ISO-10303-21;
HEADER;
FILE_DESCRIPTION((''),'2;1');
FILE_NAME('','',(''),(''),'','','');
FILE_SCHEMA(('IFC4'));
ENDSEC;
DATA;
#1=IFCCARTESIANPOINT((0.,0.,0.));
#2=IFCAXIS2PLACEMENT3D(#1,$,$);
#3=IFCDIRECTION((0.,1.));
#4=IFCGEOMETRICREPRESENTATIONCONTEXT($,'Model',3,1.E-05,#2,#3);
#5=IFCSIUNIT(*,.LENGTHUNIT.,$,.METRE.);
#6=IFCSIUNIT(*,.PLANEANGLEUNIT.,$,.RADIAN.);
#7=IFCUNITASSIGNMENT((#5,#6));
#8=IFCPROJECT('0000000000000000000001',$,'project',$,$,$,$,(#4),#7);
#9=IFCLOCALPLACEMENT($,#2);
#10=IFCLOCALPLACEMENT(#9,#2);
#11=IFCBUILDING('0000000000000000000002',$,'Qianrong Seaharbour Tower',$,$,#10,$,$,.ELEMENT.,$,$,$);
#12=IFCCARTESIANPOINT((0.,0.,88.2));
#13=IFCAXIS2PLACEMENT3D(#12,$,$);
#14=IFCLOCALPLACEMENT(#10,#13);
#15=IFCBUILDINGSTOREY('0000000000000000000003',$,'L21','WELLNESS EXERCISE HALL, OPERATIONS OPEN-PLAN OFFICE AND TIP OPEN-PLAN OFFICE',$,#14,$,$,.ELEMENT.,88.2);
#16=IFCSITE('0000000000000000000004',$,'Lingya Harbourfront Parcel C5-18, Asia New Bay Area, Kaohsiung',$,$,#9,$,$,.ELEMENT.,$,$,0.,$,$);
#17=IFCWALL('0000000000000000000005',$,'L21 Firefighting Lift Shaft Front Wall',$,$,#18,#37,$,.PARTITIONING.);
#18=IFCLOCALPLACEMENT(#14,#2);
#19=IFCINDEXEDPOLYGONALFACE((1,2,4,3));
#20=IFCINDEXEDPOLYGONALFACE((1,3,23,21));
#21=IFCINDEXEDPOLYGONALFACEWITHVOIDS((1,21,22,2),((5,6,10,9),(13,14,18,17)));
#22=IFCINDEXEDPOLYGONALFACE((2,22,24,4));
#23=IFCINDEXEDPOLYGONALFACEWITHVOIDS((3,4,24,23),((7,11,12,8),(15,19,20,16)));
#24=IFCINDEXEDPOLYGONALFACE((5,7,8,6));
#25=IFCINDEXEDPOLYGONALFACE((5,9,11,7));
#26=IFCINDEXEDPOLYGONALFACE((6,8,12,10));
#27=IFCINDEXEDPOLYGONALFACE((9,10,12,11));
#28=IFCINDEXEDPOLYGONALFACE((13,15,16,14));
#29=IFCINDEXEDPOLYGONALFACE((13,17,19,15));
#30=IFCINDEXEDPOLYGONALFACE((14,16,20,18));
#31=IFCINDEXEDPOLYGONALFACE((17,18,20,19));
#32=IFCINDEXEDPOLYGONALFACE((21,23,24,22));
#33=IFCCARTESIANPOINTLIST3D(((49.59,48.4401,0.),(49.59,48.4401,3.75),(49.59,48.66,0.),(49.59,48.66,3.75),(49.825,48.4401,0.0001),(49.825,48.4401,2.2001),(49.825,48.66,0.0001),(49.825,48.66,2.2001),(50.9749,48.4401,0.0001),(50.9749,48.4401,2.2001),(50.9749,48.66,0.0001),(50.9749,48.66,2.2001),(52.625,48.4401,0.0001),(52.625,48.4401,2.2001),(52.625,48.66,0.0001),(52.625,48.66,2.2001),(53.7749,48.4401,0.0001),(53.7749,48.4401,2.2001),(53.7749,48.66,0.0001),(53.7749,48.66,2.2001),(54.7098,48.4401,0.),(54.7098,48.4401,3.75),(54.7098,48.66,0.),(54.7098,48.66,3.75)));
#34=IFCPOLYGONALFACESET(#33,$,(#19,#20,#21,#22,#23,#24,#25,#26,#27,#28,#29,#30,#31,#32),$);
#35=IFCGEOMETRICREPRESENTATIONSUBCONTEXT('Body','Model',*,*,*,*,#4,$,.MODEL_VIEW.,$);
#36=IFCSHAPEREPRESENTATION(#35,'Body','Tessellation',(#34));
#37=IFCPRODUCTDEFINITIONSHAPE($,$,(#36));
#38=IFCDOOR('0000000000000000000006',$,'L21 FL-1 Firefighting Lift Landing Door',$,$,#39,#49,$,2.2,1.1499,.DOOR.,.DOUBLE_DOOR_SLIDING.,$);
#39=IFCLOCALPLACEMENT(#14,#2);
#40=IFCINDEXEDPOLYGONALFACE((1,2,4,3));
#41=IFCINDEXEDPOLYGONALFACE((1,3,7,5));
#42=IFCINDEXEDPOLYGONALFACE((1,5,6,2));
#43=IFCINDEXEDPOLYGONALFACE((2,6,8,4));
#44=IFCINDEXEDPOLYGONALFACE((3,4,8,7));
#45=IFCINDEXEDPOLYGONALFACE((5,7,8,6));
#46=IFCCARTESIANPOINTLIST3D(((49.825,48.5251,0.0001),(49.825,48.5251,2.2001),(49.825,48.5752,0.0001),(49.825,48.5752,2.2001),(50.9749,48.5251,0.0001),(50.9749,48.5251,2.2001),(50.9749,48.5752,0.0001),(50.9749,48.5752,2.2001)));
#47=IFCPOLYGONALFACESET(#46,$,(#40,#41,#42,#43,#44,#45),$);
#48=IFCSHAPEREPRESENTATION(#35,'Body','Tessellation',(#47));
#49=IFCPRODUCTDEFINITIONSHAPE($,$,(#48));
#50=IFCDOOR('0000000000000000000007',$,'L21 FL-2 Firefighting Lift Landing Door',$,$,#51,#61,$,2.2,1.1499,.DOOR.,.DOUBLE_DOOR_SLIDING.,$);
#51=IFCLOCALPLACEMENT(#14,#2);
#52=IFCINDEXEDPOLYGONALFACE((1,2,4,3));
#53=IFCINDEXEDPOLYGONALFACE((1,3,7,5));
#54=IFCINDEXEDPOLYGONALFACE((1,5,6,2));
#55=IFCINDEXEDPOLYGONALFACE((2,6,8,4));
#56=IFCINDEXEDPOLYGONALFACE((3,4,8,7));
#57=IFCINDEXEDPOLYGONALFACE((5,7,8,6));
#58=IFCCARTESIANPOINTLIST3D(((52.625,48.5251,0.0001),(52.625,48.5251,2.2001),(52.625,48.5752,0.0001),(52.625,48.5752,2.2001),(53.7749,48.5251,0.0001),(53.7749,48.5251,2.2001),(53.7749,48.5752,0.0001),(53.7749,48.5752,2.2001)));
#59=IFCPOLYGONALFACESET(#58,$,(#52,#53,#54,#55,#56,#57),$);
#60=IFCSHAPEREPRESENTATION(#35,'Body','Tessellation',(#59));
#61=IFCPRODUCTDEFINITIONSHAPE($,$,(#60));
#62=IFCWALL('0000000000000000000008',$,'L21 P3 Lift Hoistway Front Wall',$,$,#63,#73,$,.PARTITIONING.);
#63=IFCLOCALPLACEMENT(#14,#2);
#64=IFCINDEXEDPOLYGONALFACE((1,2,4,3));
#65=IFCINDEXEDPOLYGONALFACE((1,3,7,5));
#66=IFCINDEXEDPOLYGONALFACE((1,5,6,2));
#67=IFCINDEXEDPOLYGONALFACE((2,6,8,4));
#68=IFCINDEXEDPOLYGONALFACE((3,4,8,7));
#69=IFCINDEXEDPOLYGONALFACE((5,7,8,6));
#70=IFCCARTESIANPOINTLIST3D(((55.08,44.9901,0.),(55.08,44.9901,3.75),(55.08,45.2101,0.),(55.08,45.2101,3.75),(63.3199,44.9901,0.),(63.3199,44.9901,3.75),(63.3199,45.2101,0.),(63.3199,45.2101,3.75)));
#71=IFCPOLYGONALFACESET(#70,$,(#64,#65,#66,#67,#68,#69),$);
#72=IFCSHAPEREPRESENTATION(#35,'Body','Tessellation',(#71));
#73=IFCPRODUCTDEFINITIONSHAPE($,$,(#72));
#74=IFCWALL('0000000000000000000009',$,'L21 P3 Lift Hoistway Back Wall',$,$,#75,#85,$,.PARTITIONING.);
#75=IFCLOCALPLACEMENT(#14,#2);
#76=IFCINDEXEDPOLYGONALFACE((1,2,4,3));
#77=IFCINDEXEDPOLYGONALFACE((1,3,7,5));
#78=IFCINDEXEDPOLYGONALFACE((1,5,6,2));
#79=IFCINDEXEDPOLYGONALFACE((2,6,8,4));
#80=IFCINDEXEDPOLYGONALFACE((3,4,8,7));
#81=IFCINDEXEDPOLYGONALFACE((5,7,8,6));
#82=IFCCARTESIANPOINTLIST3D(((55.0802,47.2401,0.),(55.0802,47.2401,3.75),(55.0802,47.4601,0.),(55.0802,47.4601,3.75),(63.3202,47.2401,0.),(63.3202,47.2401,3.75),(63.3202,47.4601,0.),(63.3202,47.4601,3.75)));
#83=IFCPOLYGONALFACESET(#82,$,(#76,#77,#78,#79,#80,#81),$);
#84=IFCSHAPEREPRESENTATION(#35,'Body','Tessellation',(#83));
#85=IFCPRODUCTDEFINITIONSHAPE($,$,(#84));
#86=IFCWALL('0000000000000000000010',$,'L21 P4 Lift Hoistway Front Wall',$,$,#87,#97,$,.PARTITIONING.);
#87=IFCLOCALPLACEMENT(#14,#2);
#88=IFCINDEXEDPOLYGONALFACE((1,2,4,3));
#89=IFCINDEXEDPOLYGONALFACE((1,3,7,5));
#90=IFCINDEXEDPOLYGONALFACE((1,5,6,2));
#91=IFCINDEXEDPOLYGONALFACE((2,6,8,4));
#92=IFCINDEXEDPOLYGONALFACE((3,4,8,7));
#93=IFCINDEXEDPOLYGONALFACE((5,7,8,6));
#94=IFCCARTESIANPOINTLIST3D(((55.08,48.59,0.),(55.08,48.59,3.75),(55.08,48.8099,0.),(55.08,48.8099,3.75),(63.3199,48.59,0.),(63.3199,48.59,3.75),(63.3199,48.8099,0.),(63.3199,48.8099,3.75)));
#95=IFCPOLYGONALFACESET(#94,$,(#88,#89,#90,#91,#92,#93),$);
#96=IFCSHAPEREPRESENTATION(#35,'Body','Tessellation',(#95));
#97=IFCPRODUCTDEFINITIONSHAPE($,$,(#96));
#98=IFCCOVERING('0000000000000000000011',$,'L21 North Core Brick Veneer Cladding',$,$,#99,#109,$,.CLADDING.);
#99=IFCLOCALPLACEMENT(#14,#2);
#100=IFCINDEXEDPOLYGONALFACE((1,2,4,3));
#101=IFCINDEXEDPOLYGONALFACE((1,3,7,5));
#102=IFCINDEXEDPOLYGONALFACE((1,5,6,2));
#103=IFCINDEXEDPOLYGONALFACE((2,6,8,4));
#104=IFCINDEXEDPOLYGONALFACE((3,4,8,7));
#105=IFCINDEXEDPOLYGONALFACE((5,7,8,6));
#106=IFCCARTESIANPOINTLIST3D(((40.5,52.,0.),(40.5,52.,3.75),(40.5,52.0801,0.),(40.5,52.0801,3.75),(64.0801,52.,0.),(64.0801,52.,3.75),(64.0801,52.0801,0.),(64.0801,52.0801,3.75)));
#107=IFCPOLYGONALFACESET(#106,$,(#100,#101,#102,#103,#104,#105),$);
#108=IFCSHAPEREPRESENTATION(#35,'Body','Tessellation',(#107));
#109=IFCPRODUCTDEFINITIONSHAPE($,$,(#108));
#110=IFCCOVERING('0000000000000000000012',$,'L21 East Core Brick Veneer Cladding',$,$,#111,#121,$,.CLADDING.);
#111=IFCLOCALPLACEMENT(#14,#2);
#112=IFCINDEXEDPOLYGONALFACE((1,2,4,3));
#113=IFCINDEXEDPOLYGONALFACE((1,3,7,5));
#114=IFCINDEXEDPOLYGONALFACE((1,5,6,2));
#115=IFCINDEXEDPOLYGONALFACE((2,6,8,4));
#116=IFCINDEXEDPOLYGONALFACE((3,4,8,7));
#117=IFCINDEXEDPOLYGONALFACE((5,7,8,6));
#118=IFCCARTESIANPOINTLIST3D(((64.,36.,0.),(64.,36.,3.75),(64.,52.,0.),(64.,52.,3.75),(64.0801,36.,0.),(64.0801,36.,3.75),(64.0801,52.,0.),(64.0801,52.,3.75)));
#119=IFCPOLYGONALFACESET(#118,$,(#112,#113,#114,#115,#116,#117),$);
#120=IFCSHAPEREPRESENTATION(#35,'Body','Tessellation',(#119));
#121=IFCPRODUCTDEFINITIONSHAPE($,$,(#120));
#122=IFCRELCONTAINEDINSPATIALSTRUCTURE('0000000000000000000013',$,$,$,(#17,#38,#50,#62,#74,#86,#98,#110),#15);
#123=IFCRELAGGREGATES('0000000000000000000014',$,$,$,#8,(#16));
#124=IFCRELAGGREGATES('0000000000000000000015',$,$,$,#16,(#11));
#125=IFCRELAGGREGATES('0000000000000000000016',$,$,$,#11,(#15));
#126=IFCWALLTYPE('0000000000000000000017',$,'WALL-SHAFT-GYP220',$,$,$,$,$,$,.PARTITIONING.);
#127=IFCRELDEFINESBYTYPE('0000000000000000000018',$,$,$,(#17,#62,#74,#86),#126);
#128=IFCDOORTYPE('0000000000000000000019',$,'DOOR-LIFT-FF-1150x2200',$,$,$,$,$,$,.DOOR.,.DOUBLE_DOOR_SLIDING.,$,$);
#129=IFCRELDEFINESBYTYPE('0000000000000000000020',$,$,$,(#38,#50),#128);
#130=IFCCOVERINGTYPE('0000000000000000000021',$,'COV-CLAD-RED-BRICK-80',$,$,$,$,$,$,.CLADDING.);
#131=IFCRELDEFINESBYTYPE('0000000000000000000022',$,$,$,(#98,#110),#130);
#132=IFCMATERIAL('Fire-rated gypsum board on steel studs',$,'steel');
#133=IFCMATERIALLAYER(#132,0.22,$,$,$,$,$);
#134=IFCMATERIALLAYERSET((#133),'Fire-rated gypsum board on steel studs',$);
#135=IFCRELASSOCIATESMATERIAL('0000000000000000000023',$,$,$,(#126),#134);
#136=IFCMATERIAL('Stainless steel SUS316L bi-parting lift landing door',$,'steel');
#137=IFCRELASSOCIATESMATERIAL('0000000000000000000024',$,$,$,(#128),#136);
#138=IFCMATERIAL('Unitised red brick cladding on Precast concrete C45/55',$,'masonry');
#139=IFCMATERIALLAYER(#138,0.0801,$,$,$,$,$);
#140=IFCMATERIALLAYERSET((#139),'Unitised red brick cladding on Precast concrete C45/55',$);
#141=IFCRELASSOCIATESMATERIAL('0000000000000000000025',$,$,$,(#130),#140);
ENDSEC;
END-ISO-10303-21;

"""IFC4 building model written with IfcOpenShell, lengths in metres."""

from ifc_helpers import new_model, si_unit, direction, frame, frame_2d, origin, origin_2d, place, context, subcontext, project, spatial, rectangle, extrude, material, layer, layer_set, type_object, element, fill, save


model = new_model("IFC4")

# Units and contexts
model_context = context("Model", 3, precision=1e-05, world=origin(), true_north=direction((0.0, 1.0)))
body_context = subcontext(model_context, "Body", "Model", "MODEL_VIEW")
ifc_project = project(units=[si_unit("LENGTHUNIT", "METRE"), si_unit("PLANEANGLEUNIT", "RADIAN")], contexts=[model_context])

# Site, building, storey
site_placement = place(None, origin())
site = spatial("IfcSite", under=ifc_project, at=site_placement, Name="Lingya Harbourfront Parcel C5-18, Asia New Bay Area, Kaohsiung", CompositionType="ELEMENT", RefElevation=0.0)
building_placement = place(site_placement, origin())
building = spatial("IfcBuilding", under=site, at=building_placement, Name="Qianrong Seaharbour Tower", CompositionType="ELEMENT")
storey_placement = place(building_placement, frame((0.0, 0.0, 88.2)))
storey = spatial("IfcBuildingStorey", under=building, at=storey_placement, Name="L21", Description="WELLNESS EXERCISE HALL, OPERATIONS OPEN-PLAN OFFICE AND TIP OPEN-PLAN OFFICE", CompositionType="ELEMENT", Elevation=88.2)

# Shared definitions
ifc_material_1 = material(Name="Fire-rated gypsum board on steel studs", Category="steel")

# Wall, openings, doors
ifc_layer_1 = layer(ifc_material_1, 0.22)
ifc_layer_set_1 = layer_set([ifc_layer_1], Name="Fire-rated gypsum board on steel studs")
wall_type_1 = type_object("IfcWallType", Name="WALL-SHAFT-GYP220", PredefinedType="PARTITIONING", material=ifc_layer_set_1)
wall_1_placement = place(storey_placement, frame((54.71, 48.55, 0.0), z_axis=(0.0, 0.0, 1.0), x_axis=(-1.0, 0.0, 0.0)))
wall_1 = element("IfcWall", 1, at=wall_1_placement, inside=storey, type_object=wall_type_1, Name="L21 Firefighting Lift Shaft Front Wall", PredefinedType="PARTITIONING", context=body_context, shape_type="SweptSolid", body=[
    extrude(rectangle(XDim=5.1199, YDim=0.22, at=frame_2d((2.5601, 0.0))), origin(), (0.0, 0.0, 1.0), 3.75),
])
opening_1_placement = place(wall_1_placement, frame((3.7351, 0.0, 0.0)))
opening_1 = element("IfcOpeningElement", 2, at=opening_1_placement, cuts=wall_1, PredefinedType="OPENING", context=body_context, shape_type="SweptSolid", body=[
    extrude(rectangle(XDim=1.1499, YDim=2.2, at=frame_2d((0.575, 1.1001))), frame((0.0, 0.1201, 0.0), z_axis=(0.0, -1.0, 0.0), x_axis=(1.0, 0.0, 0.0)), (0.0, 0.0, 1.0), 0.24),
])
opening_2_placement = place(wall_1_placement, frame((0.9351, 0.0, 0.0)))
opening_2 = element("IfcOpeningElement", 3, at=opening_2_placement, cuts=wall_1, PredefinedType="OPENING", context=body_context, shape_type="SweptSolid", body=[
    extrude(rectangle(XDim=1.1499, YDim=2.2, at=frame_2d((0.575, 1.1001))), frame((0.0, 0.1201, 0.0), z_axis=(0.0, -1.0, 0.0), x_axis=(1.0, 0.0, 0.0)), (0.0, 0.0, 1.0), 0.24),
])
ifc_material_2 = material(Name="Stainless steel SUS316L bi-parting lift landing door", Category="steel")
door_type_1 = type_object("IfcDoorType", Name="DOOR-LIFT-FF-1150x2200", OperationType="DOUBLE_DOOR_SLIDING", PredefinedType="DOOR", material=ifc_material_2)
door_1_placement = place(opening_1_placement, origin())
door_1 = element("IfcDoor", 4, at=door_1_placement, inside=storey, type_object=door_type_1, Name="L21 FL-1 Firefighting Lift Landing Door", OperationType="DOUBLE_DOOR_SLIDING", OverallHeight=2.2, OverallWidth=1.1499, PredefinedType="DOOR", context=body_context, shape_type="SweptSolid", body=[
    extrude(rectangle(XDim=1.1499, YDim=2.2, at=frame_2d((0.575, 1.1001))), frame((0.0, 0.0249, 0.0), z_axis=(0.0, -1.0, 0.0), x_axis=(1.0, 0.0, 0.0)), (0.0, 0.0, 1.0), 0.05),
])
fill(opening_1, door_1)
door_2_placement = place(opening_2_placement, origin())
door_2 = element("IfcDoor", 5, at=door_2_placement, inside=storey, type_object=door_type_1, Name="L21 FL-2 Firefighting Lift Landing Door", OperationType="DOUBLE_DOOR_SLIDING", OverallHeight=2.2, OverallWidth=1.1499, PredefinedType="DOOR", context=body_context, shape_type="SweptSolid", body=[
    extrude(rectangle(XDim=1.1499, YDim=2.2, at=frame_2d((0.575, 1.1001))), frame((0.0, 0.0249, 0.0), z_axis=(0.0, -1.0, 0.0), x_axis=(1.0, 0.0, 0.0)), (0.0, 0.0, 1.0), 0.05),
])
fill(opening_2, door_2)

# Walls
for number, where, z_axis, x_axis, name in (
    (6, (63.3201, 45.1001, 0.0), (0.0, 0.0, 1.0), (-1.0, 0.0, 0.0), "L21 P3 Lift Hoistway Front Wall"),
    (7, (55.0801, 47.3501, 0.0), (0.0, 0.0, 1.0), (1.0, 0.0, 0.0), "L21 P3 Lift Hoistway Back Wall"),
    (8, (63.3201, 48.7, 0.0), (0.0, 0.0, 1.0), (-1.0, 0.0, 0.0), "L21 P4 Lift Hoistway Front Wall"),
):
    element("IfcWall", number, at=place(storey_placement, frame(where, z_axis=z_axis, x_axis=x_axis)), inside=storey, type_object=wall_type_1, Name=name, PredefinedType="PARTITIONING", context=body_context, shape_type="SweptSolid", body=[
        extrude(rectangle(XDim=8.24, YDim=0.22, at=frame_2d((4.1201, 0.0))), origin(), (0.0, 0.0, 1.0), 3.75),
    ])

# Coverings
ifc_material_3 = material(Name="Unitised red brick cladding on Precast concrete C45/55", Category="masonry")
ifc_layer_2 = layer(ifc_material_3, 0.0801)
ifc_layer_set_2 = layer_set([ifc_layer_2], Name="Unitised red brick cladding on Precast concrete C45/55")
covering_type = type_object("IfcCoveringType", Name="COV-CLAD-RED-BRICK-80", PredefinedType="CLADDING", material=ifc_layer_set_2)
covering_1_placement = place(storey_placement, frame((52.29, 52.04, 0.0), z_axis=(0.0, 0.0, 1.0), x_axis=(1.0, 0.0, 0.0)))
element("IfcCovering", 9, at=covering_1_placement, inside=storey, type_object=covering_type, Name="L21 North Core Brick Veneer Cladding", PredefinedType="CLADDING", context=body_context, shape_type="SweptSolid", body=[
    extrude(rectangle(XDim=23.5801, YDim=0.0801, at=origin_2d()), origin(), (0.0, 0.0, 1.0), 3.75),
])
covering_2_placement = place(storey_placement, frame((64.04, 44.0, 0.0), z_axis=(0.0, 0.0, 1.0), x_axis=(1.0, 0.0, 0.0)))
element("IfcCovering", 10, at=covering_2_placement, inside=storey, type_object=covering_type, Name="L21 East Core Brick Veneer Cladding", PredefinedType="CLADDING", context=body_context, shape_type="SweptSolid", body=[
    extrude(rectangle(XDim=0.0801, YDim=16.0, at=origin_2d()), origin(), (0.0, 0.0, 1.0), 3.75),
])

save(model, "model.ifc")
